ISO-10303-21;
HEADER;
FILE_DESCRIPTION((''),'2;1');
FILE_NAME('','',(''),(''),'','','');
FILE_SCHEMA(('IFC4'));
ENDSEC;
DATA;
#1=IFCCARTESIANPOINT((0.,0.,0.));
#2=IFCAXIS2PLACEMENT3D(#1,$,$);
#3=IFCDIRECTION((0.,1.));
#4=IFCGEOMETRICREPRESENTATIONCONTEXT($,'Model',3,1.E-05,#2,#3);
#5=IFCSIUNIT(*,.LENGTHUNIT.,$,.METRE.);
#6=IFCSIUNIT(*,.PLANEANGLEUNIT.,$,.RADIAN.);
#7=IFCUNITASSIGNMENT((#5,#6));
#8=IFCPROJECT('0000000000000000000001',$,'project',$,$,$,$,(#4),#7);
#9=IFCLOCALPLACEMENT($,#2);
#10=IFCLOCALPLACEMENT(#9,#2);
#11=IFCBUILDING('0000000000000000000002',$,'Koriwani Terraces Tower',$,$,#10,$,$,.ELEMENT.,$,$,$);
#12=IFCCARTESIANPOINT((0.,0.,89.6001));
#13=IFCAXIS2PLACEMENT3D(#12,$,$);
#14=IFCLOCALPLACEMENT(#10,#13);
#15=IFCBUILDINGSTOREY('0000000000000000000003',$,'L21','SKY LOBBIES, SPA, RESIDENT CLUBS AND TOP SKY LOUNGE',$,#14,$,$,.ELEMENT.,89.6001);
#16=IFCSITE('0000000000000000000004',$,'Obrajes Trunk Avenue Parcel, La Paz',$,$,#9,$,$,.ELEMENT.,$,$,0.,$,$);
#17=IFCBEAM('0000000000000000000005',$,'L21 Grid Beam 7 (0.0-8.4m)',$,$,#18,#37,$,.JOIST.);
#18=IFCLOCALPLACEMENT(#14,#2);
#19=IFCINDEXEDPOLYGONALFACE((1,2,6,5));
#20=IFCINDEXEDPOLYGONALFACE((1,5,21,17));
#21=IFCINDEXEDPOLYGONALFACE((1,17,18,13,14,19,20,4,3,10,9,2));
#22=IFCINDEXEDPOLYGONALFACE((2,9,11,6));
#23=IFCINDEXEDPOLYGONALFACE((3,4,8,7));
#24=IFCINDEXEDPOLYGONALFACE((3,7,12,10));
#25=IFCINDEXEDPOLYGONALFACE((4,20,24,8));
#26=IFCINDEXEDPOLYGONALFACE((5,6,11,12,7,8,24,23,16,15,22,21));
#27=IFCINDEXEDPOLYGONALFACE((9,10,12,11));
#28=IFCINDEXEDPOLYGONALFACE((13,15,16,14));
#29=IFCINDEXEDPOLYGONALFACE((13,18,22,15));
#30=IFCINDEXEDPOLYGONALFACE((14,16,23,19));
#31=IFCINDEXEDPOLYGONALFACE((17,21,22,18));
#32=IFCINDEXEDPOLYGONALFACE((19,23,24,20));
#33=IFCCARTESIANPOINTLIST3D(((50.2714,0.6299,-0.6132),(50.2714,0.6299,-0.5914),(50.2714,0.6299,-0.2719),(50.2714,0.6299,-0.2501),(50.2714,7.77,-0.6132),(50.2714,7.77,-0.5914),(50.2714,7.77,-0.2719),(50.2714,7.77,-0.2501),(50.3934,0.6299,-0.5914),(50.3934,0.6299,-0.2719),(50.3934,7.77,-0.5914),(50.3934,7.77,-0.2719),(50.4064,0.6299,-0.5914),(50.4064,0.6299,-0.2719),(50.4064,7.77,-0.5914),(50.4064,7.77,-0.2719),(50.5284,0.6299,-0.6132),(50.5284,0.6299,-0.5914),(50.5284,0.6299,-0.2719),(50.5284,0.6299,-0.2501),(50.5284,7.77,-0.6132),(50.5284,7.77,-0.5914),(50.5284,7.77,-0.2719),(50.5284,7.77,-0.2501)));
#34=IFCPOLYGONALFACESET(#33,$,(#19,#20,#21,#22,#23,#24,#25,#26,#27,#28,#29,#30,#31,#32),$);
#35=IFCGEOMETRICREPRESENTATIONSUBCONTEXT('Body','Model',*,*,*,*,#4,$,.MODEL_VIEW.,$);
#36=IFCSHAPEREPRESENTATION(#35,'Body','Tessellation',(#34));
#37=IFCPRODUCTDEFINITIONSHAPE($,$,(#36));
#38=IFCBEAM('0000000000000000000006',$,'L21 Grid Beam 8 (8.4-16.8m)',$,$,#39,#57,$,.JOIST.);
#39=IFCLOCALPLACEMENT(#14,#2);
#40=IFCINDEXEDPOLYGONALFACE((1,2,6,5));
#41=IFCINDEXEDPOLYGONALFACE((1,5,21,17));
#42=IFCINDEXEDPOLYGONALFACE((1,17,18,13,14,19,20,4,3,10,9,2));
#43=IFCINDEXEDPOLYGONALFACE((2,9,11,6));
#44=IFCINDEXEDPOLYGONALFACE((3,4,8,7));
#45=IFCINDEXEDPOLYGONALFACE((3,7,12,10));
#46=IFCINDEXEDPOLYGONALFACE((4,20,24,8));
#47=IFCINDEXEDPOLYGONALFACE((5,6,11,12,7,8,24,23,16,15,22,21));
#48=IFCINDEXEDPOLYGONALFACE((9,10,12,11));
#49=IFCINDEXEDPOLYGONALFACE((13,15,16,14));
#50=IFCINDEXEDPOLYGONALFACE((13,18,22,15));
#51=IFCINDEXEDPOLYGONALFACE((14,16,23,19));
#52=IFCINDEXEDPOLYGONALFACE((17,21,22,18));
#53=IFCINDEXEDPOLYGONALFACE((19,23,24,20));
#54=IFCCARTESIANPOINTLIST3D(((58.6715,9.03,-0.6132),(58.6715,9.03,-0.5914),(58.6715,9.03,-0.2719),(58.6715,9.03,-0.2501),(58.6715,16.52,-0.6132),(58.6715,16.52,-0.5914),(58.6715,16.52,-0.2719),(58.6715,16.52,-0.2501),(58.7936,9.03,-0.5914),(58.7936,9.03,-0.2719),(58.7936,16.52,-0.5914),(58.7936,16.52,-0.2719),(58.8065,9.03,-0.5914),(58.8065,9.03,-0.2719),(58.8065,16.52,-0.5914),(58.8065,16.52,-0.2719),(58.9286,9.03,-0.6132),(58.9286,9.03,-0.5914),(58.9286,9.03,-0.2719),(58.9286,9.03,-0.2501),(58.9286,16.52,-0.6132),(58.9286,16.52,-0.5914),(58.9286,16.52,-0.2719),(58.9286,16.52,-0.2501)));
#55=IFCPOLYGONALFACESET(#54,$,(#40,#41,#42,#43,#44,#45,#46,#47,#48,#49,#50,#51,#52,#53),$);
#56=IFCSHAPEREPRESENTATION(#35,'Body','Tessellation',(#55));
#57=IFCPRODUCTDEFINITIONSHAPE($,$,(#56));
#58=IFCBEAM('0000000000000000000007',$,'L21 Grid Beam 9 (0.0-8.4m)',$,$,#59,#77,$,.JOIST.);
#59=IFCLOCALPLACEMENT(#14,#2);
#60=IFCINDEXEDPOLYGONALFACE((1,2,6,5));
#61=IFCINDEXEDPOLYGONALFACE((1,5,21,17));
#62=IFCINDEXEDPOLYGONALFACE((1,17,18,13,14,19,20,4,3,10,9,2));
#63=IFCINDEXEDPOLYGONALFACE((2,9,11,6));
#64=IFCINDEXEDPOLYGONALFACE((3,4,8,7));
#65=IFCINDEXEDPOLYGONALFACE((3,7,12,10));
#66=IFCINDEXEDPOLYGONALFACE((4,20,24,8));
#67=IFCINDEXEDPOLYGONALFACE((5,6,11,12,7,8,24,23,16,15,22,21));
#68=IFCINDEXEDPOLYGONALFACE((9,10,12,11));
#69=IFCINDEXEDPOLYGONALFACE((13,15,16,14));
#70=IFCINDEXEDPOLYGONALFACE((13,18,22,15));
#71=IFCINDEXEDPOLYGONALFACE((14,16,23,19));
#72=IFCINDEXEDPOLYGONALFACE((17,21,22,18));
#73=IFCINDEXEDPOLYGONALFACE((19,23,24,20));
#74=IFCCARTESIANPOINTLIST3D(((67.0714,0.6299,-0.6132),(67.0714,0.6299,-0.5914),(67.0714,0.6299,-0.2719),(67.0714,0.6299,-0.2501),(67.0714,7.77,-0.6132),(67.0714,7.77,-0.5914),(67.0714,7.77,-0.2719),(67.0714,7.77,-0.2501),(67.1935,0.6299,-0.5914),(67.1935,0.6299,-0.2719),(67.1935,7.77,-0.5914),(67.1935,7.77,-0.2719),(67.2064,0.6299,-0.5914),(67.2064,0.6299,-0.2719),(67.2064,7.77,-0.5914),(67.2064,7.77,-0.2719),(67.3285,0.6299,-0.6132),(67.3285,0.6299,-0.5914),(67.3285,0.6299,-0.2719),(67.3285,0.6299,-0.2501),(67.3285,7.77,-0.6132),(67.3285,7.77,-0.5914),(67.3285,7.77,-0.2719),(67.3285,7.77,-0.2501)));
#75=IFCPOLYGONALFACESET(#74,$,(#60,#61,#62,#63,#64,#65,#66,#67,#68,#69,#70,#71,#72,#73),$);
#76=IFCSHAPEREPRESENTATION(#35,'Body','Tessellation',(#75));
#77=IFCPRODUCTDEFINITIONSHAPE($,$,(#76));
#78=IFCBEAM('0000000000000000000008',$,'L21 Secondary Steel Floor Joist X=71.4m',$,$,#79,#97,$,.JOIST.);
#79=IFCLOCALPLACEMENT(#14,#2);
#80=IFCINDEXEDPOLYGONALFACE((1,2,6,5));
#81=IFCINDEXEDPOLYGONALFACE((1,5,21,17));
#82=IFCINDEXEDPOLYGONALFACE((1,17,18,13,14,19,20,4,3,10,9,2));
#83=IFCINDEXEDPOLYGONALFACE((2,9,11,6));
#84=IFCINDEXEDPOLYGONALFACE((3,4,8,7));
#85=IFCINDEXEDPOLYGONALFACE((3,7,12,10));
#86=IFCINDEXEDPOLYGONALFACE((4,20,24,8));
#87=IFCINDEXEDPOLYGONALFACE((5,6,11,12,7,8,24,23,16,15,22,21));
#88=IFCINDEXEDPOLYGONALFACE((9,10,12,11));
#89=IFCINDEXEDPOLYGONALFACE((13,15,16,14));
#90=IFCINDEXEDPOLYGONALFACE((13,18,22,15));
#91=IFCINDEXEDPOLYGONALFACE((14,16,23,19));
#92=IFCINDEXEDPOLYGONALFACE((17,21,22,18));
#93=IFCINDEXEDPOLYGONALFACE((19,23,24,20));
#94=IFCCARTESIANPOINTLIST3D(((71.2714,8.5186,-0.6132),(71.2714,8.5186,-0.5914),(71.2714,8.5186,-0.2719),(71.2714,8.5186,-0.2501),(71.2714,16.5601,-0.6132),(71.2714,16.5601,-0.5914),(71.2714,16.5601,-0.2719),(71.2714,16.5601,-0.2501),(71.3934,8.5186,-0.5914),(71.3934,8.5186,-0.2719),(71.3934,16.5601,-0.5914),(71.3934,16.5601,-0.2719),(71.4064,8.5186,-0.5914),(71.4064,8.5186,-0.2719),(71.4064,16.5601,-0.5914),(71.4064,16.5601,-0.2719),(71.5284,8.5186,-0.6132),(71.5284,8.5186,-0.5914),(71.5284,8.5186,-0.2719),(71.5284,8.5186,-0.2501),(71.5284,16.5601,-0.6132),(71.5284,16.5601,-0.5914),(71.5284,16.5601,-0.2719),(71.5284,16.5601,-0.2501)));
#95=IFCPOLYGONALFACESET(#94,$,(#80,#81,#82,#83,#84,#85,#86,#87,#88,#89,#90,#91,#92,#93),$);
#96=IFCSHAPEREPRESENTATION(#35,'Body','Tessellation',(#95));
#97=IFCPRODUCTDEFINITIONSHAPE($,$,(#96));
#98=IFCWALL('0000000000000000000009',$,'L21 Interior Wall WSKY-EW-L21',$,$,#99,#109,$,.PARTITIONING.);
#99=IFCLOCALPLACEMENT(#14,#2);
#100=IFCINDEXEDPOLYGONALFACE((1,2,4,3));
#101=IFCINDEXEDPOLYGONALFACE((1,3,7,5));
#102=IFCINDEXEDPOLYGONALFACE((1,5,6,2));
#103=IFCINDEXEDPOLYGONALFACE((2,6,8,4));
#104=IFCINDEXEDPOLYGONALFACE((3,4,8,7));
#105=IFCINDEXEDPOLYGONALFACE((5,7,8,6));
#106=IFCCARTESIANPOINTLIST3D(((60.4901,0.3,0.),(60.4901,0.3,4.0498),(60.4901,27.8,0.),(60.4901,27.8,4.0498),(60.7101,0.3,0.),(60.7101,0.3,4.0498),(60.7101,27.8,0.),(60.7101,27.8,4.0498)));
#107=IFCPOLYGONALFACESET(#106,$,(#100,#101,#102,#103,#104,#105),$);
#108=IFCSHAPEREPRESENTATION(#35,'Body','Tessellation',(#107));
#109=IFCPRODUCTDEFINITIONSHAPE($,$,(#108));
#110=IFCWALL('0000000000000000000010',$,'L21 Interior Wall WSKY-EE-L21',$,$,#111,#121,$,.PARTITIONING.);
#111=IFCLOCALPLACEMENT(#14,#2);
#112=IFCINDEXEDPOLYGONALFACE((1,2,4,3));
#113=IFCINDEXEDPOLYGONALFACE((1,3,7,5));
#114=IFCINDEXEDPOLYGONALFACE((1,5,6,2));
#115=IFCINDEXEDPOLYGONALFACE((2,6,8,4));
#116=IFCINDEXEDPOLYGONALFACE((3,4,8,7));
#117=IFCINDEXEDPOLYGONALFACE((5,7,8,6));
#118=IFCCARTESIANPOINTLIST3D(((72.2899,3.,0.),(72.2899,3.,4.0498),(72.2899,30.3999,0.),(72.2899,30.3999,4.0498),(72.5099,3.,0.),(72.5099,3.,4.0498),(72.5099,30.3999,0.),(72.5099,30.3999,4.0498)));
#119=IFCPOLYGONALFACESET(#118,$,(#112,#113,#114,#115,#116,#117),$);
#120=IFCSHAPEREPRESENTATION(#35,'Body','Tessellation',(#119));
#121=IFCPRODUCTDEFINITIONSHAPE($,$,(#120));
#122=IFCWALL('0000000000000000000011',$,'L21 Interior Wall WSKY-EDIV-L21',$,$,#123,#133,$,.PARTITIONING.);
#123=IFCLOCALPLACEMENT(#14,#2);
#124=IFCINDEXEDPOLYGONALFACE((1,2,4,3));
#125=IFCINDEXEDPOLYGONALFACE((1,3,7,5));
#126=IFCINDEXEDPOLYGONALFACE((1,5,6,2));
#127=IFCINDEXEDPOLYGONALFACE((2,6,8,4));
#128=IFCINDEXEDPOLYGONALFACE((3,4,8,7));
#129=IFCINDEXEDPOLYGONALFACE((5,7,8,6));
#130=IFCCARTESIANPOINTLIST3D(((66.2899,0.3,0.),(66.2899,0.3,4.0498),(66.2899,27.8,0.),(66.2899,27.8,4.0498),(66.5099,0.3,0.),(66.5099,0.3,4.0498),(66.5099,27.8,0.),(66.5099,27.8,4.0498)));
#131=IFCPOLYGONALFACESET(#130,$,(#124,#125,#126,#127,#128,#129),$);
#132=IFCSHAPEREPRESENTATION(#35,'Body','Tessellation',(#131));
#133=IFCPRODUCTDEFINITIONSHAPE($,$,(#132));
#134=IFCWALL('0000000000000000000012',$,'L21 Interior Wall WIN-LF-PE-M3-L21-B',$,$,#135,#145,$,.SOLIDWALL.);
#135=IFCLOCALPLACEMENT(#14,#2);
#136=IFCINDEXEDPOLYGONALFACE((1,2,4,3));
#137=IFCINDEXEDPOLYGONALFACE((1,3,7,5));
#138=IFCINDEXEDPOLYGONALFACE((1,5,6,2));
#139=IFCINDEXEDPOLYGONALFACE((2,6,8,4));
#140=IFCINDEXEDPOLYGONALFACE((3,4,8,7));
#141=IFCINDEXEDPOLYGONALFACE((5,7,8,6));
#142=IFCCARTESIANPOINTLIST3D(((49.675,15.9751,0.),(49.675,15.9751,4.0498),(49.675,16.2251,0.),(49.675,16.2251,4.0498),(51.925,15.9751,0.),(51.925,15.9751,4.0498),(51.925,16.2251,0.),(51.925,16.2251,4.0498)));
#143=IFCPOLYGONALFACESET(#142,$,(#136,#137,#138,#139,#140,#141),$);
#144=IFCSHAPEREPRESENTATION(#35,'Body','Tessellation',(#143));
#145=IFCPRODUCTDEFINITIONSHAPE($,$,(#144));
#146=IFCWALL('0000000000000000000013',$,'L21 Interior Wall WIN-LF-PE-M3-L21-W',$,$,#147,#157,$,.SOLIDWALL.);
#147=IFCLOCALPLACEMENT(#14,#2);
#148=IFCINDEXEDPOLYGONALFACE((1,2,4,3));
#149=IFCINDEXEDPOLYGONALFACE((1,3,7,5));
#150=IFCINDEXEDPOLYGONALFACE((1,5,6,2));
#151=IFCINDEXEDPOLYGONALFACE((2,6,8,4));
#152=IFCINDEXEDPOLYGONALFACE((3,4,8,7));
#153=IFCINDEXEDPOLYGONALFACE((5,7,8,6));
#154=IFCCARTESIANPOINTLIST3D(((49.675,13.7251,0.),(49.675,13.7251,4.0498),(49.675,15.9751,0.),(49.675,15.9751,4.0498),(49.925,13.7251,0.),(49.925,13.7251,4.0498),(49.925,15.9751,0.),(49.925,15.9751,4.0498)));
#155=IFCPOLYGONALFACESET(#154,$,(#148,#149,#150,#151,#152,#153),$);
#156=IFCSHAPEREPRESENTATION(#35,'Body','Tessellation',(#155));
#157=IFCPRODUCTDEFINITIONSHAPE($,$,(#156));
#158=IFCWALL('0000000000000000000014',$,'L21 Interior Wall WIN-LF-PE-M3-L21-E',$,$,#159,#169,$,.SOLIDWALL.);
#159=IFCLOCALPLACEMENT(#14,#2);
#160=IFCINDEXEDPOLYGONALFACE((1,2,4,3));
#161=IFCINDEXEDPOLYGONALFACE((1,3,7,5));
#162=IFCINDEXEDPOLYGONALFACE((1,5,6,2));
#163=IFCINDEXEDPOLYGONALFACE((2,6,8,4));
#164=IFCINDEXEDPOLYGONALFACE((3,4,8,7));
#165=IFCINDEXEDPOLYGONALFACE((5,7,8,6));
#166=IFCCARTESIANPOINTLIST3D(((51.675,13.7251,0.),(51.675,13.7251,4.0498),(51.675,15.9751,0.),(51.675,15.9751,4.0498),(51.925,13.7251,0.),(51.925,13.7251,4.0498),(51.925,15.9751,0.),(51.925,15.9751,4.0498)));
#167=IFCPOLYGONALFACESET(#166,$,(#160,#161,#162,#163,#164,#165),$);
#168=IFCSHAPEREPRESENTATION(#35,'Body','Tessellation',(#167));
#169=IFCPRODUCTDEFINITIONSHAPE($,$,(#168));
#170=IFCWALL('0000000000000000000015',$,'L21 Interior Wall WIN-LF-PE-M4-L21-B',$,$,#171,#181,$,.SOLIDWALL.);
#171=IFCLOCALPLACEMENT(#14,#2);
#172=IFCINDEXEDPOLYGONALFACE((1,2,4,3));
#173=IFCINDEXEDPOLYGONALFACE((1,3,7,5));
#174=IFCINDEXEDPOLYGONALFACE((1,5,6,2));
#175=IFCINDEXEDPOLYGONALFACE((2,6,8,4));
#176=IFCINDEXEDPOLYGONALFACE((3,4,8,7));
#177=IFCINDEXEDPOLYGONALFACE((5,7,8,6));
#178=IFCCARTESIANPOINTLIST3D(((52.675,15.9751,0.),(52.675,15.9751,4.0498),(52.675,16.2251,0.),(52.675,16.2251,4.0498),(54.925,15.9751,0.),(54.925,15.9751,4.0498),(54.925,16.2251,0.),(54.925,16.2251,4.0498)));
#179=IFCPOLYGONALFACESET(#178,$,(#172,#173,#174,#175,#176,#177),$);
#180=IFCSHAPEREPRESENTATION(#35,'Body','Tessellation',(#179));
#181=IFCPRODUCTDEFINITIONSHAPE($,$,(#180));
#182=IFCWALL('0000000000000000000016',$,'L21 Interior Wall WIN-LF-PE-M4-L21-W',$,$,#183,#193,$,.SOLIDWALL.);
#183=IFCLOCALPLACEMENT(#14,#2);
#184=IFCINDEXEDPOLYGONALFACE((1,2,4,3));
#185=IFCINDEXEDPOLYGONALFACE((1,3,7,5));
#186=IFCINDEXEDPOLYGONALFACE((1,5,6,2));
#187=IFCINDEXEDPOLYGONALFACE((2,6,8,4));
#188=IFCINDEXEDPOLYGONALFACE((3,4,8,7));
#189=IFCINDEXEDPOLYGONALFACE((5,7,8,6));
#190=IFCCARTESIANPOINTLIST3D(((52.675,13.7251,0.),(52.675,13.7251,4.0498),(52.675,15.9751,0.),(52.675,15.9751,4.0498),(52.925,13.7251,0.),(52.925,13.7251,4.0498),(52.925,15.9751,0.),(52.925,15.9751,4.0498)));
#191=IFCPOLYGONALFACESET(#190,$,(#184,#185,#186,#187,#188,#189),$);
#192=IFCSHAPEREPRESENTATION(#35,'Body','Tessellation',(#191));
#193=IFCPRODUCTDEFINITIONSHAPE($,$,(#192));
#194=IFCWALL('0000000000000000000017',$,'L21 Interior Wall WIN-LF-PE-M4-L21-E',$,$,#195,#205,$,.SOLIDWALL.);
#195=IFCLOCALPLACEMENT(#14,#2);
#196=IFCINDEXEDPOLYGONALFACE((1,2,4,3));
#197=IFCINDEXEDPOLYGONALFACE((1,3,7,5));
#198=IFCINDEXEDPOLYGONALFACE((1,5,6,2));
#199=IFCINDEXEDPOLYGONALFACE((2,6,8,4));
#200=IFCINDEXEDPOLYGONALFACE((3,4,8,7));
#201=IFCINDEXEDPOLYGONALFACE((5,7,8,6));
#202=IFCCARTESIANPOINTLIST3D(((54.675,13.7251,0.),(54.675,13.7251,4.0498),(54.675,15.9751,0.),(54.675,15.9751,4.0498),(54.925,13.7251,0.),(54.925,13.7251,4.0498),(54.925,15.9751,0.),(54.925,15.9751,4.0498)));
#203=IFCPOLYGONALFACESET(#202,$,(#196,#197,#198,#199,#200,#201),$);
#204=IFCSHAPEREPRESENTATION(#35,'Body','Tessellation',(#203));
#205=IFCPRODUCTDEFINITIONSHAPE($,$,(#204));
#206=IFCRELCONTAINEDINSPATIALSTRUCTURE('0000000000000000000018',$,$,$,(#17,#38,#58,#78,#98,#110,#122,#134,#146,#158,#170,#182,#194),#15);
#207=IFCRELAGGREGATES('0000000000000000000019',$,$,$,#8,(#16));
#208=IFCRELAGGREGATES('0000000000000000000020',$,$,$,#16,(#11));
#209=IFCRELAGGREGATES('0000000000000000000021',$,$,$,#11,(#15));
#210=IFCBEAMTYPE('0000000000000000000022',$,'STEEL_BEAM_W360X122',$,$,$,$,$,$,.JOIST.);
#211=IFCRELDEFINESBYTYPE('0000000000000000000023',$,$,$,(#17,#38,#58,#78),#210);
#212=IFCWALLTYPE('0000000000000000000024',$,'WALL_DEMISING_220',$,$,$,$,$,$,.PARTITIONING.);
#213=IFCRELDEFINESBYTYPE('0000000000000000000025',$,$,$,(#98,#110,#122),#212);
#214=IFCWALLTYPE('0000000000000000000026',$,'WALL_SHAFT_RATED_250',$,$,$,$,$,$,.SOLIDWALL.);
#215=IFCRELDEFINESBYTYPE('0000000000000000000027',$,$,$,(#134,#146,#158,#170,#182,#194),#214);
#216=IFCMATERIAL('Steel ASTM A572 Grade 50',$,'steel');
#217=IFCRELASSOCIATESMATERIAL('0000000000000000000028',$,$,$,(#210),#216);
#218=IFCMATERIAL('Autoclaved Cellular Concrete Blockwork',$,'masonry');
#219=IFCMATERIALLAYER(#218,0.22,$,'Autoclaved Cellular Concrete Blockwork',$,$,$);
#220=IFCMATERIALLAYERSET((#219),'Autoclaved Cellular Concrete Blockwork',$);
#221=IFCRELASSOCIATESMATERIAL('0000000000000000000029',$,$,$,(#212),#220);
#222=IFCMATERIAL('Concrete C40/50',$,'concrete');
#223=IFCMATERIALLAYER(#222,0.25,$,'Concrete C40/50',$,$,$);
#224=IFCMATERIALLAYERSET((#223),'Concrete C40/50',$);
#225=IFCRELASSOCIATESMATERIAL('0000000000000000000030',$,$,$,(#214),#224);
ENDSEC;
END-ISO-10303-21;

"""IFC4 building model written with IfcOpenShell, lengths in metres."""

from ifc_helpers import new_model, si_unit, direction, frame, frame_2d, origin, origin_2d, place, context, subcontext, project, spatial, rectangle, i_section, extrude, material, layer, layer_set, material_profile, profile_set, type_object, element, save


model = new_model("IFC4")

# Units and contexts
model_context = context("Model", 3, precision=1e-05, world=origin(), true_north=direction((0.0, 1.0)))
body_context = subcontext(model_context, "Body", "Model", "MODEL_VIEW")
ifc_project = project(units=[si_unit("LENGTHUNIT", "METRE"), si_unit("PLANEANGLEUNIT", "RADIAN")], contexts=[model_context])

# Site, building, storey
site_placement = place(None, origin())
site = spatial("IfcSite", under=ifc_project, at=site_placement, Name="Obrajes Trunk Avenue Parcel, La Paz", CompositionType="ELEMENT", RefElevation=0.0)
building_placement = place(site_placement, origin())
building = spatial("IfcBuilding", under=site, at=building_placement, Name="Koriwani Terraces Tower", CompositionType="ELEMENT")
storey_placement = place(building_placement, frame((0.0, 0.0, 89.6001)))
storey = spatial("IfcBuildingStorey", under=building, at=storey_placement, Name="L21", Description="SKY LOBBIES, SPA, RESIDENT CLUBS AND TOP SKY LOUNGE", CompositionType="ELEMENT", Elevation=89.6001)

# Beams
ifc_material_1 = material(Name="Concrete C40/50", Category="concrete")
ifc_material_2 = material(Name="Steel ASTM A572 Grade 50", Category="steel")
ifc_material_profile_1 = material_profile(ifc_material_2, i_section(OverallWidth=0.2571, OverallDepth=0.363, WebThickness=0.0129, FlangeThickness=0.0217, at=origin_2d()), Name="Steel ASTM A572 Grade 50", Category="LoadBearing")
ifc_profile_set_1 = profile_set([ifc_material_profile_1], Name="Steel ASTM A572 Grade 50")
beam_type_1 = type_object("IfcBeamType", Name="STEEL_BEAM_W360X122", PredefinedType="JOIST", material=ifc_profile_set_1)
beam_1_placement = place(storey_placement, frame((50.3999, 0.6299, -0.4316), z_axis=(0.0, 1.0, 0.0), x_axis=(-1.0, 0.0, 0.0)))
element("IfcBeam", 1, at=beam_1_placement, inside=storey, type_object=beam_type_1, Name="L21 Grid Beam 7 (0.0-8.4m)", PredefinedType="JOIST", context=body_context, shape_type="SweptSolid", body=[
    extrude(i_section(OverallWidth=0.2571, OverallDepth=0.363, WebThickness=0.0129, FlangeThickness=0.0217, at=origin_2d()), origin(), (0.0, 0.0, 1.0), 7.1401),
])
beam_2_placement = place(storey_placement, frame((58.8, 9.03, -0.4316), z_axis=(0.0, 1.0, 0.0), x_axis=(-1.0, 0.0, 0.0)))
element("IfcBeam", 2, at=beam_2_placement, inside=storey, type_object=beam_type_1, Name="L21 Grid Beam 8 (8.4-16.8m)", PredefinedType="JOIST", context=body_context, shape_type="SweptSolid", body=[
    extrude(i_section(OverallWidth=0.2571, OverallDepth=0.363, WebThickness=0.0129, FlangeThickness=0.0217, at=origin_2d()), origin(), (0.0, 0.0, 1.0), 7.49),
])
beam_3_placement = place(storey_placement, frame((67.2, 0.6299, -0.4316), z_axis=(0.0, 1.0, 0.0), x_axis=(-1.0, 0.0, 0.0)))
element("IfcBeam", 3, at=beam_3_placement, inside=storey, type_object=beam_type_1, Name="L21 Grid Beam 9 (0.0-8.4m)", PredefinedType="JOIST", context=body_context, shape_type="SweptSolid", body=[
    extrude(i_section(OverallWidth=0.2571, OverallDepth=0.363, WebThickness=0.0129, FlangeThickness=0.0217, at=origin_2d()), origin(), (0.0, 0.0, 1.0), 7.1401),
])
beam_4_placement = place(storey_placement, frame((71.3999, 8.5186, -0.4316), z_axis=(0.0, 1.0, 0.0), x_axis=(-1.0, 0.0, 0.0)))
element("IfcBeam", 4, at=beam_4_placement, inside=storey, type_object=beam_type_1, Name="L21 Secondary Steel Floor Joist X=71.4m", PredefinedType="JOIST", context=body_context, shape_type="SweptSolid", body=[
    extrude(i_section(OverallWidth=0.2571, OverallDepth=0.363, WebThickness=0.0129, FlangeThickness=0.0217, at=origin_2d()), origin(), (0.0, 0.0, 1.0), 8.0415),
])

# Walls
ifc_material_3 = material(Name="Autoclaved Cellular Concrete Blockwork", Category="masonry")
ifc_layer_1 = layer(ifc_material_3, 0.22, Name="Autoclaved Cellular Concrete Blockwork")
ifc_layer_set_1 = layer_set([ifc_layer_1], Name="Autoclaved Cellular Concrete Blockwork")
wall_type_1 = type_object("IfcWallType", Name="WALL_DEMISING_220", PredefinedType="PARTITIONING", material=ifc_layer_set_1)
wall_1_placement = place(storey_placement, frame((60.6001, 0.3, 0.0), z_axis=(0.0, 0.0, 1.0), x_axis=(0.0, 1.0, 0.0)))
element("IfcWall", 5, at=wall_1_placement, inside=storey, type_object=wall_type_1, Name="L21 Interior Wall WSKY-EW-L21", PredefinedType="PARTITIONING", context=body_context, shape_type="SweptSolid", body=[
    extrude(rectangle(XDim=27.5, YDim=0.22, at=frame_2d((13.75, 0.0))), origin(), (0.0, 0.0, 1.0), 4.0498),
])
wall_2_placement = place(storey_placement, frame((72.3999, 3.0, 0.0), z_axis=(0.0, 0.0, 1.0), x_axis=(0.0, 1.0, 0.0)))
element("IfcWall", 6, at=wall_2_placement, inside=storey, type_object=wall_type_1, Name="L21 Interior Wall WSKY-EE-L21", PredefinedType="PARTITIONING", context=body_context, shape_type="SweptSolid", body=[
    extrude(rectangle(XDim=27.3999, YDim=0.22, at=frame_2d((13.7, 0.0))), origin(), (0.0, 0.0, 1.0), 4.0498),
])
wall_3_placement = place(storey_placement, frame((66.3999, 0.3, 0.0), z_axis=(0.0, 0.0, 1.0), x_axis=(0.0, 1.0, 0.0)))
element("IfcWall", 7, at=wall_3_placement, inside=storey, type_object=wall_type_1, Name="L21 Interior Wall WSKY-EDIV-L21", PredefinedType="PARTITIONING", context=body_context, shape_type="SweptSolid", body=[
    extrude(rectangle(XDim=27.5, YDim=0.22, at=frame_2d((13.75, 0.0))), origin(), (0.0, 0.0, 1.0), 4.0498),
])

# Shared definitions
ifc_layer_2 = layer(ifc_material_1, 0.25, Name="Concrete C40/50")
ifc_layer_set_2 = layer_set([ifc_layer_2], Name="Concrete C40/50")
wall_type_2 = type_object("IfcWallType", Name="WALL_SHAFT_RATED_250", PredefinedType="SOLIDWALL", material=ifc_layer_set_2)

# Walls
for number, where, z_axis, x_axis, name in (
    (8, (49.675, 16.1001, 0.0), (0.0, 0.0, 1.0), (1.0, 0.0, 0.0), "L21 Interior Wall WIN-LF-PE-M3-L21-B"),
    (9, (49.8, 13.7251, 0.0), (0.0, 0.0, 1.0), (0.0, 1.0, 0.0), "L21 Interior Wall WIN-LF-PE-M3-L21-W"),
    (10, (51.8, 13.7251, 0.0), (0.0, 0.0, 1.0), (0.0, 1.0, 0.0), "L21 Interior Wall WIN-LF-PE-M3-L21-E"),
):
    element("IfcWall", number, at=place(storey_placement, frame(where, z_axis=z_axis, x_axis=x_axis)), inside=storey, type_object=wall_type_2, Name=name, PredefinedType="SOLIDWALL", context=body_context, shape_type="SweptSolid", body=[
        extrude(rectangle(XDim=2.25, YDim=0.25, at=frame_2d((1.125, 0.0))), origin(), (0.0, 0.0, 1.0), 4.0498),
    ])

# Walls
for number, where, z_axis, x_axis, name in (
    (11, (52.675, 16.1001, 0.0), (0.0, 0.0, 1.0), (1.0, 0.0, 0.0), "L21 Interior Wall WIN-LF-PE-M4-L21-B"),
    (12, (52.8, 13.7251, 0.0), (0.0, 0.0, 1.0), (0.0, 1.0, 0.0), "L21 Interior Wall WIN-LF-PE-M4-L21-W"),
    (13, (54.8, 13.7251, 0.0), (0.0, 0.0, 1.0), (0.0, 1.0, 0.0), "L21 Interior Wall WIN-LF-PE-M4-L21-E"),
):
    element("IfcWall", number, at=place(storey_placement, frame(where, z_axis=z_axis, x_axis=x_axis)), inside=storey, type_object=wall_type_2, Name=name, PredefinedType="SOLIDWALL", context=body_context, shape_type="SweptSolid", body=[
        extrude(rectangle(XDim=2.25, YDim=0.25, at=frame_2d((1.125, 0.0))), origin(), (0.0, 0.0, 1.0), 4.0498),
    ])

save(model, "model.ifc")
